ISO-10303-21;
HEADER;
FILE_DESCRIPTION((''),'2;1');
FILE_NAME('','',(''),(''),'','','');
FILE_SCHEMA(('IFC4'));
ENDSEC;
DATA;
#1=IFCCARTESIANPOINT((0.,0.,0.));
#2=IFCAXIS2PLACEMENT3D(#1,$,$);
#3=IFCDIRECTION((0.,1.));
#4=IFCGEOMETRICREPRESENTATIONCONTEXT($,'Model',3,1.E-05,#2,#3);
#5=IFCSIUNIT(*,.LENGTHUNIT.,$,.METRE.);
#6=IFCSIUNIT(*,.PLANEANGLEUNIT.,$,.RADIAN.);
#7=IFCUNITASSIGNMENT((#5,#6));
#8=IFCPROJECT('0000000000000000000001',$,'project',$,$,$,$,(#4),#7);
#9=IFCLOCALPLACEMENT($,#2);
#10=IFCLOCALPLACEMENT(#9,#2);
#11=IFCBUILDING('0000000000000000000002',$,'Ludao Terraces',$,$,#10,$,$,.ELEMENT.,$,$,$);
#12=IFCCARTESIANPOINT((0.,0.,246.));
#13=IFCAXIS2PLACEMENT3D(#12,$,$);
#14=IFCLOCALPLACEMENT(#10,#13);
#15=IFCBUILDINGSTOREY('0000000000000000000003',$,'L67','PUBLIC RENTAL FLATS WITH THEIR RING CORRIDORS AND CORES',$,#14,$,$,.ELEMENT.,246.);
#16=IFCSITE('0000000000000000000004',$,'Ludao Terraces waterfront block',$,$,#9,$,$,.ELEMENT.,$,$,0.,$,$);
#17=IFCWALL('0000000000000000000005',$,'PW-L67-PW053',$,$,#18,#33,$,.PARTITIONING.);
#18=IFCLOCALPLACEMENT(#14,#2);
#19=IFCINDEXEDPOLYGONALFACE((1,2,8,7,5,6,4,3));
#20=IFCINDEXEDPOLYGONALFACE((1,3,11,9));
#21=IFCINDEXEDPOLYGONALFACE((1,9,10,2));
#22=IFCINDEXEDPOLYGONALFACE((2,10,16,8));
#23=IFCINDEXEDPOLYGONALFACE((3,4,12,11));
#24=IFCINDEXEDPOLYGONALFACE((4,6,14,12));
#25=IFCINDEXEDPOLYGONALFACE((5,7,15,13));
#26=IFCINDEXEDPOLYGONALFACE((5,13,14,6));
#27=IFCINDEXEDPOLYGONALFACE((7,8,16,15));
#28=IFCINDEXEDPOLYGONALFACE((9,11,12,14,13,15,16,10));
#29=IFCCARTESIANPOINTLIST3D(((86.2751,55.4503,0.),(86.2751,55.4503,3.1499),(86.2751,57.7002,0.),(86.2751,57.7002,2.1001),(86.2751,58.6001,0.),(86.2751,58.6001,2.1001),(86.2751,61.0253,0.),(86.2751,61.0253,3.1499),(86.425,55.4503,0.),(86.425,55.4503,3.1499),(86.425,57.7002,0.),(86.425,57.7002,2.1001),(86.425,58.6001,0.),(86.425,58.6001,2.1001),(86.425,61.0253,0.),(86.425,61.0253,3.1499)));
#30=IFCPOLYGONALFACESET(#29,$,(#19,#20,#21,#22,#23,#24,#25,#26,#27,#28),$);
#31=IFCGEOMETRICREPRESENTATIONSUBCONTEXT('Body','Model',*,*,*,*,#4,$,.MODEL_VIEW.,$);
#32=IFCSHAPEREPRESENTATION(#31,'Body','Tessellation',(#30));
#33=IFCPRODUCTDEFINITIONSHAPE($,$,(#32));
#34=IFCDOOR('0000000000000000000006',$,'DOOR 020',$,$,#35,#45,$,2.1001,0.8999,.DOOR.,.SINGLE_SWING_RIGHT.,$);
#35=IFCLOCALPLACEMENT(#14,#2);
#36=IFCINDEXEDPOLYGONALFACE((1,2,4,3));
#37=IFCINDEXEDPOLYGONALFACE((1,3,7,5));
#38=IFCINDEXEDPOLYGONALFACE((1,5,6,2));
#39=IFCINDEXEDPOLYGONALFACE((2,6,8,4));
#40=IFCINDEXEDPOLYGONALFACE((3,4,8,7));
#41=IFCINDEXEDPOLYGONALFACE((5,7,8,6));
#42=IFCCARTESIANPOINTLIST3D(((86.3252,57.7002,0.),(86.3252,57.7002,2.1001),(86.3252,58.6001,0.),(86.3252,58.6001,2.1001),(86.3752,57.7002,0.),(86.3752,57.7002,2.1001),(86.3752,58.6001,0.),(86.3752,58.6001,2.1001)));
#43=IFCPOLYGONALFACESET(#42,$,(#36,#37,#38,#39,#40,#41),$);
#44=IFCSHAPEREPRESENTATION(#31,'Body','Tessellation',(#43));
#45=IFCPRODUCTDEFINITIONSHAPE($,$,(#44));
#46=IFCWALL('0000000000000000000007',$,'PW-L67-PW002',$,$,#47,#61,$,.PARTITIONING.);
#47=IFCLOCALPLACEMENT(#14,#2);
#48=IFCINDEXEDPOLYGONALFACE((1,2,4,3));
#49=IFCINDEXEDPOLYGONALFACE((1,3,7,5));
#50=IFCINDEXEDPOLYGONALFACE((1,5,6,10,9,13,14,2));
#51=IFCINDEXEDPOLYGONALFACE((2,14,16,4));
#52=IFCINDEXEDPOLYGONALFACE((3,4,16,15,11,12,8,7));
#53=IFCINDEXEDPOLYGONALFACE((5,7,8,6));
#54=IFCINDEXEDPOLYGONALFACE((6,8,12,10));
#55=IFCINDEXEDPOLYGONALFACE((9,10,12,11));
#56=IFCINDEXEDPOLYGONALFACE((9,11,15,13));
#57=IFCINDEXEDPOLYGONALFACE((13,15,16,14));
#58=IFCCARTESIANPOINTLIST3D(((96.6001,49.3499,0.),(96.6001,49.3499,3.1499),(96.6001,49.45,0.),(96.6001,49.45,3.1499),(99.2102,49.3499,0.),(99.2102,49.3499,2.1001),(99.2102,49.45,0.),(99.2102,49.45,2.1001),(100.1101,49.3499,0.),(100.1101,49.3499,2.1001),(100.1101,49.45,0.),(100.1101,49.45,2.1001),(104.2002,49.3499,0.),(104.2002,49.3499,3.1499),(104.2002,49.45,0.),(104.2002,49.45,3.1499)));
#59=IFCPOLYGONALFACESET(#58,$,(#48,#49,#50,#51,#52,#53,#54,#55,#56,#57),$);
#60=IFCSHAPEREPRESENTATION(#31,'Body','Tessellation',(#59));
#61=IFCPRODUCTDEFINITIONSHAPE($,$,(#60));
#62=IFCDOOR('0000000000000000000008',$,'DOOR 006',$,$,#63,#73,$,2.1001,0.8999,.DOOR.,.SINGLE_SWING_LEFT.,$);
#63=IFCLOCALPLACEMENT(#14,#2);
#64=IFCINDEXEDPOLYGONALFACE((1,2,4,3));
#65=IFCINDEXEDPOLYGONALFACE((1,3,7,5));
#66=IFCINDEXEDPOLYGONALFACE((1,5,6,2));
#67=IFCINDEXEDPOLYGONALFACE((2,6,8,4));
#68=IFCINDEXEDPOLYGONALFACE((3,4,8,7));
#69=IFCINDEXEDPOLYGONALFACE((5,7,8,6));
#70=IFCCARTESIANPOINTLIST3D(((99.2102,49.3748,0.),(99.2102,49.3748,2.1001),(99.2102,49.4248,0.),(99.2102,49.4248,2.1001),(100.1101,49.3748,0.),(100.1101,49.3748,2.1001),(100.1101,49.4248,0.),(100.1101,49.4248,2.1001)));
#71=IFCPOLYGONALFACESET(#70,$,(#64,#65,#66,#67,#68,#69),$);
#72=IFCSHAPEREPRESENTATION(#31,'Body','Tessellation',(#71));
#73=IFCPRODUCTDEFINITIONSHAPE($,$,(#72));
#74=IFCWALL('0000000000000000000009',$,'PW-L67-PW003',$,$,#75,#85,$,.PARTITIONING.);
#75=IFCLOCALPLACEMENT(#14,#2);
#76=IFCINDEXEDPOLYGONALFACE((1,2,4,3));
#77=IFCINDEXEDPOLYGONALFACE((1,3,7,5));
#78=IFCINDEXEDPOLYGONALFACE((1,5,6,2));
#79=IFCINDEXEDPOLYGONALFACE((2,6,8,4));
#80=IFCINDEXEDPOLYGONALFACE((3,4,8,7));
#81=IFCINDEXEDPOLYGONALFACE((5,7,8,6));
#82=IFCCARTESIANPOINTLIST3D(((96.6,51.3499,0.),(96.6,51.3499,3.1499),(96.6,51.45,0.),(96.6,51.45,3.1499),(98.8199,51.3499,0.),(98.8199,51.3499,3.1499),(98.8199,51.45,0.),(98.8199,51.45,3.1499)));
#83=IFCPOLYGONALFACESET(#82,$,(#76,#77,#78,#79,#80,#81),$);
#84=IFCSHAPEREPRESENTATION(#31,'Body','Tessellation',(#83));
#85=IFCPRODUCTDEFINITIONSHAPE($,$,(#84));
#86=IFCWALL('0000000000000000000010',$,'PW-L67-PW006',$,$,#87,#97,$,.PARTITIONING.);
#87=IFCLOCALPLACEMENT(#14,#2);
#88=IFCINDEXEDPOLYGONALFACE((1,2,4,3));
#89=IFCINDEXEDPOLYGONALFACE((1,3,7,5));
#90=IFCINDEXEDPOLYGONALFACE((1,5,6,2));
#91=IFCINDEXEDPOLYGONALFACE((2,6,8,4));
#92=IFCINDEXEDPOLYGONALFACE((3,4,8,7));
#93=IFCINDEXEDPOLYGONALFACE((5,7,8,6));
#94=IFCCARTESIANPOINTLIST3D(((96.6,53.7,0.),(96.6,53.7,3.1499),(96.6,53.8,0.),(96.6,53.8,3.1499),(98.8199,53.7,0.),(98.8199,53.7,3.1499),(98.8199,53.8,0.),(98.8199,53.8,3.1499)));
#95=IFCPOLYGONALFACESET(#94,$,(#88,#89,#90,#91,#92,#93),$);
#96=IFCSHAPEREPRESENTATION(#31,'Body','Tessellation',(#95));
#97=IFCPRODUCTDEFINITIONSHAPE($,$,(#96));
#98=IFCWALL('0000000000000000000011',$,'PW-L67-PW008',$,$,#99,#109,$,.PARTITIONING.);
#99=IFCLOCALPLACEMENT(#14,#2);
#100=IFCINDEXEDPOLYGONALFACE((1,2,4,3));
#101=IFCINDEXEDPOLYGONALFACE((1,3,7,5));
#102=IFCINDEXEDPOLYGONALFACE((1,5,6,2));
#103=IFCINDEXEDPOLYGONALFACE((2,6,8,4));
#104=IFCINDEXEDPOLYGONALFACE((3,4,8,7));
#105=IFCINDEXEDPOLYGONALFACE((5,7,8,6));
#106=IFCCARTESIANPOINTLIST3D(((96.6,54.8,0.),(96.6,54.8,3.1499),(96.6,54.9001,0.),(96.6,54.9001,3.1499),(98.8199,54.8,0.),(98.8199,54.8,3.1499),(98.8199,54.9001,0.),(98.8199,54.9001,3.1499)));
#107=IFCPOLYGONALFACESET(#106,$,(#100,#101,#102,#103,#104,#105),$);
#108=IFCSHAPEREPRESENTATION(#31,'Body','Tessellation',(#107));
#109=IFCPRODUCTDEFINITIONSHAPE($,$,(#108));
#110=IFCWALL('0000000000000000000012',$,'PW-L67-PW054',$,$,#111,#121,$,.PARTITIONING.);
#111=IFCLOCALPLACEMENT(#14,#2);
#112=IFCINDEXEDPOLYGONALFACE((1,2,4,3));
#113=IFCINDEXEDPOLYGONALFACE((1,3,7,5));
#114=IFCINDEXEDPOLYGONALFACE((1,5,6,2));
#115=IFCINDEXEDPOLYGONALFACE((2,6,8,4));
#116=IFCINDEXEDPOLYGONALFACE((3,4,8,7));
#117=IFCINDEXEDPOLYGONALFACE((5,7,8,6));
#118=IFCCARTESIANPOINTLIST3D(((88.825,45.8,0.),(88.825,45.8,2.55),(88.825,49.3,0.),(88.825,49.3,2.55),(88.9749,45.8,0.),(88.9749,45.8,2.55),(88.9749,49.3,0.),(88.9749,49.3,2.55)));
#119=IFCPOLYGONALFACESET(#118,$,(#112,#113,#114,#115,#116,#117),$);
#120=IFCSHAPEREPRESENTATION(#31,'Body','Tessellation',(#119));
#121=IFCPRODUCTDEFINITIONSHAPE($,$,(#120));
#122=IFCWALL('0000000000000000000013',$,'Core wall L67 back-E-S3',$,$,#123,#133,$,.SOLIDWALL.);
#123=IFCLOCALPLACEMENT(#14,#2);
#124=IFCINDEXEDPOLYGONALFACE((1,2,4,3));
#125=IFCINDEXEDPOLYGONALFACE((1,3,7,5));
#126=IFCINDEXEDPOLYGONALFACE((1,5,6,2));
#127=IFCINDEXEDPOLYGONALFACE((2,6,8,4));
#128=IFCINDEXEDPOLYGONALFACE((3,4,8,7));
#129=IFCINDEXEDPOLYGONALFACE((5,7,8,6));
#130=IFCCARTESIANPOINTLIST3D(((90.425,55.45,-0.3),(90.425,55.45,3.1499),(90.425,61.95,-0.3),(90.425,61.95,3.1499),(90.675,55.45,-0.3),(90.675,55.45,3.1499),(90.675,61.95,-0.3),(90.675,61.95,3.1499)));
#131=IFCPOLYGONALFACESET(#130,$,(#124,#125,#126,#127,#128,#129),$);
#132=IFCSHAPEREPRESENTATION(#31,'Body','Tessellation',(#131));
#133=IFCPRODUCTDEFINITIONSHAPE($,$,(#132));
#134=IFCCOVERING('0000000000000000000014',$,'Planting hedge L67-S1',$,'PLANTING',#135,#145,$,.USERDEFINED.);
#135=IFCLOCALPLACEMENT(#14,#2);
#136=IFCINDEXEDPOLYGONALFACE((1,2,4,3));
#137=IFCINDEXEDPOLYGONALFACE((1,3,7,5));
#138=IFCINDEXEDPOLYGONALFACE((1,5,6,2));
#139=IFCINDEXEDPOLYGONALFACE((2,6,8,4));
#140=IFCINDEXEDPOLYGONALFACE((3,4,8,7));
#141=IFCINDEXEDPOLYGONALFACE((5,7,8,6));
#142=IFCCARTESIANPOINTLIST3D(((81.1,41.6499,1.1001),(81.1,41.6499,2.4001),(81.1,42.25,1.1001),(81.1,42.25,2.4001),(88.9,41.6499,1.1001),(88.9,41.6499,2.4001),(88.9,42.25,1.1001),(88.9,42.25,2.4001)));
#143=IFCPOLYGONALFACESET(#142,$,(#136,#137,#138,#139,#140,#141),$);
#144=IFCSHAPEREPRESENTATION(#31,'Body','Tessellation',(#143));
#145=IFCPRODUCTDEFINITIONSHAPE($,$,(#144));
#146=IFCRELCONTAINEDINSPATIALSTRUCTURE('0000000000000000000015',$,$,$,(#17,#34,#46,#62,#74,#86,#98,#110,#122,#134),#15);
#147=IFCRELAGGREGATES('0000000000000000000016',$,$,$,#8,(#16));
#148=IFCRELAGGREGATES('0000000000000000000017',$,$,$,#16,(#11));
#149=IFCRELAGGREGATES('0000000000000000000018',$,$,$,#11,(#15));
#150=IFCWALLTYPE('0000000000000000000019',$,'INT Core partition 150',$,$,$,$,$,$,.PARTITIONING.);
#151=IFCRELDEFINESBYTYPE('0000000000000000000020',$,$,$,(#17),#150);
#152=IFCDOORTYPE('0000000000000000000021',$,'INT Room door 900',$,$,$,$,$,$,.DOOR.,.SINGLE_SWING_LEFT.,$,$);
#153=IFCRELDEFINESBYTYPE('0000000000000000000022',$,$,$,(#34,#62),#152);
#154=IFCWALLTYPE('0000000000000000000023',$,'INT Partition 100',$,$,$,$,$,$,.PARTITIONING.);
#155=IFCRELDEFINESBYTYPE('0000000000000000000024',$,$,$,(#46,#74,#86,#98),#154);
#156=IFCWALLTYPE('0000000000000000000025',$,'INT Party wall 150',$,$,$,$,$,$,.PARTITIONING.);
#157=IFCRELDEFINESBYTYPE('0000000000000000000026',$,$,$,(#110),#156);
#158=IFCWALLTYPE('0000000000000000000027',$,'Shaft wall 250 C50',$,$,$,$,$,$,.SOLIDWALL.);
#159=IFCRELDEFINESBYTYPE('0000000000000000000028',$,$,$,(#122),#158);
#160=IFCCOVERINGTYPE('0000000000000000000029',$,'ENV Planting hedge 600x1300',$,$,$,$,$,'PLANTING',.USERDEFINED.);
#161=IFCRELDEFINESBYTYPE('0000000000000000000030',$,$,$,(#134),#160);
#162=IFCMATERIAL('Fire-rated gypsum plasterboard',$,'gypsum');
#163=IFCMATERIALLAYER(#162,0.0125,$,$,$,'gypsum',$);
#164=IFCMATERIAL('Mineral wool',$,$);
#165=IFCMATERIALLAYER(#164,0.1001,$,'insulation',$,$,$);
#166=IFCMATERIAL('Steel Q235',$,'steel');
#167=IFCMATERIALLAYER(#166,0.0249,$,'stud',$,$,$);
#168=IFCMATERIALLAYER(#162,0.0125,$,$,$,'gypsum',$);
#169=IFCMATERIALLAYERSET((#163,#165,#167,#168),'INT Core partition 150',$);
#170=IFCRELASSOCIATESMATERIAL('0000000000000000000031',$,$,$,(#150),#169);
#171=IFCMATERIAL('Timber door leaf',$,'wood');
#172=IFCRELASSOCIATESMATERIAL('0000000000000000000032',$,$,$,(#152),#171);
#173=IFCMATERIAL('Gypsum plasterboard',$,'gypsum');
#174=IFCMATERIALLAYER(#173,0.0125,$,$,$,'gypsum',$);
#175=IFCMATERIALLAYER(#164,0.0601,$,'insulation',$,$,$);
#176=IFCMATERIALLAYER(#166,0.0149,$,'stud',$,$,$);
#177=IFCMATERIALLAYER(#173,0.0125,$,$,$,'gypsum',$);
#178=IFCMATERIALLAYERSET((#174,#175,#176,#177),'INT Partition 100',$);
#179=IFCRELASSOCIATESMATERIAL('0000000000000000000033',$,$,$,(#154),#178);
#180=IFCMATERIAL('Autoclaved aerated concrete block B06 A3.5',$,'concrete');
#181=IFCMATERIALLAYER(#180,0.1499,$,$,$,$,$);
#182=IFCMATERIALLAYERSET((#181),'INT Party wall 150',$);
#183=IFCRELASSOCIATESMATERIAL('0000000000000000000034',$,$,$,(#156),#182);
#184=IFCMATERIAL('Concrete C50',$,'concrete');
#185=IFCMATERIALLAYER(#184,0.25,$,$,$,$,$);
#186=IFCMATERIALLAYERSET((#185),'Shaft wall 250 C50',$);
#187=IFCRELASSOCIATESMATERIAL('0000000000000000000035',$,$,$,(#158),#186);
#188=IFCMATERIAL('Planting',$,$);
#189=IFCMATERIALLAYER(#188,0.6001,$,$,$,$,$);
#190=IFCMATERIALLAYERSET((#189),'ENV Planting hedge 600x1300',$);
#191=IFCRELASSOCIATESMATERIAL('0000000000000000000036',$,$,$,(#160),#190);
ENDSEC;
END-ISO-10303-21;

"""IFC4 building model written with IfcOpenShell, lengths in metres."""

from ifc_helpers import new_model, si_unit, direction, frame, frame_2d, origin, origin_2d, place, context, subcontext, project, spatial, rectangle, extrude, material, layer, layer_set, type_object, element, fill, save


model = new_model("IFC4")

# Units and contexts
model_context = context("Model", 3, precision=1e-05, world=origin(), true_north=direction((0.0, 1.0)))
body_context = subcontext(model_context, "Body", "Model", "MODEL_VIEW")
ifc_project = project(units=[si_unit("LENGTHUNIT", "METRE"), si_unit("PLANEANGLEUNIT", "RADIAN")], contexts=[model_context])

# Site, building, storey
site_placement = place(None, origin())
site = spatial("IfcSite", under=ifc_project, at=site_placement, Name="Ludao Terraces waterfront block", CompositionType="ELEMENT", RefElevation=0.0)
building_placement = place(site_placement, origin())
building = spatial("IfcBuilding", under=site, at=building_placement, Name="Ludao Terraces", CompositionType="ELEMENT")
storey_placement = place(building_placement, frame((0.0, 0.0, 246.0)))
storey = spatial("IfcBuildingStorey", under=building, at=storey_placement, Name="L67", Description="PUBLIC RENTAL FLATS WITH THEIR RING CORRIDORS AND CORES", CompositionType="ELEMENT", Elevation=246.0)

# Shared definitions
ifc_material_1 = material(Name="Concrete C50", Category="concrete")
ifc_material_2 = material(Name="Steel Q235", Category="steel")

# Shared definitions
ifc_material_3 = material(Name="Mineral wool")

# Walls, openings, doors
ifc_material_4 = material(Name="Fire-rated gypsum plasterboard", Category="gypsum")
ifc_layer_1 = layer(ifc_material_4, 0.0125, Category="gypsum")
ifc_layer_2 = layer(ifc_material_3, 0.1001, Name="insulation")
ifc_layer_3 = layer(ifc_material_2, 0.0249, Name="stud")
ifc_layer_4 = layer(ifc_material_4, 0.0125, Category="gypsum")
ifc_layer_set_1 = layer_set([ifc_layer_1, ifc_layer_2, ifc_layer_3, ifc_layer_4], Name="INT Core partition 150")
wall_type_1 = type_object("IfcWallType", Name="INT Core partition 150", PredefinedType="PARTITIONING", material=ifc_layer_set_1)
wall_1_placement = place(storey_placement, frame((86.3501, 55.4502, 0.0), z_axis=(0.0, 0.0, 1.0), x_axis=(0.0, 1.0, 0.0)))
wall_1 = element("IfcWall", 1, at=wall_1_placement, inside=storey, type_object=wall_type_1, Name="PW-L67-PW053", PredefinedType="PARTITIONING", context=body_context, shape_type="SweptSolid", body=[
    extrude(rectangle(XDim=5.575, YDim=0.1499, at=frame_2d((2.7876, 0.0))), origin(), (0.0, 0.0, 1.0), 3.1499),
])
opening_1_placement = place(wall_1_placement, frame((2.25, 0.0, 0.0)))
opening_1 = element("IfcOpeningElement", 2, at=opening_1_placement, cuts=wall_1, PredefinedType="OPENING", context=body_context, shape_type="SweptSolid", body=[
    extrude(rectangle(XDim=0.8999, YDim=2.1001, at=frame_2d((0.45, 1.05))), frame((0.0, 0.085, 0.0), z_axis=(0.0, -1.0, 0.0), x_axis=(1.0, 0.0, 0.0)), (0.0, 0.0, 1.0), 0.1699),
])
ifc_material_5 = material(Name="Timber door leaf", Category="wood")
door_type_1 = type_object("IfcDoorType", Name="INT Room door 900", OperationType="SINGLE_SWING_LEFT", PredefinedType="DOOR", material=ifc_material_5)
door_1_placement = place(opening_1_placement, origin())
door_1 = element("IfcDoor", 3, at=door_1_placement, inside=storey, type_object=door_type_1, Name="DOOR 020", OperationType="SINGLE_SWING_RIGHT", OverallHeight=2.1001, OverallWidth=0.8999, PredefinedType="DOOR", context=body_context, shape_type="SweptSolid", body=[
    extrude(rectangle(XDim=0.8999, YDim=2.1001, at=frame_2d((0.45, 1.05))), frame((0.0, 0.0249, 0.0), z_axis=(0.0, -1.0, 0.0), x_axis=(1.0, 0.0, 0.0)), (0.0, 0.0, 1.0), 0.05),
])
fill(opening_1, door_1)
ifc_material_6 = material(Name="Gypsum plasterboard", Category="gypsum")
ifc_layer_5 = layer(ifc_material_6, 0.0125, Category="gypsum")
ifc_layer_6 = layer(ifc_material_3, 0.0601, Name="insulation")
ifc_layer_7 = layer(ifc_material_2, 0.0149, Name="stud")
ifc_layer_8 = layer(ifc_material_6, 0.0125, Category="gypsum")
ifc_layer_set_2 = layer_set([ifc_layer_5, ifc_layer_6, ifc_layer_7, ifc_layer_8], Name="INT Partition 100")
wall_type_2 = type_object("IfcWallType", Name="INT Partition 100", PredefinedType="PARTITIONING", material=ifc_layer_set_2)
wall_2_placement = place(storey_placement, frame((96.6001, 49.3999, 0.0), z_axis=(0.0, 0.0, 1.0), x_axis=(1.0, 0.0, 0.0)))
wall_2 = element("IfcWall", 4, at=wall_2_placement, inside=storey, type_object=wall_type_2, Name="PW-L67-PW002", PredefinedType="PARTITIONING", context=body_context, shape_type="SweptSolid", body=[
    extrude(rectangle(XDim=7.6001, YDim=0.1001, at=frame_2d((3.8, 0.0))), origin(), (0.0, 0.0, 1.0), 3.1499),
])
opening_2_placement = place(wall_2_placement, frame((2.6101, 0.0, 0.0)))
opening_2 = element("IfcOpeningElement", 5, at=opening_2_placement, cuts=wall_2, PredefinedType="OPENING", context=body_context, shape_type="SweptSolid", body=[
    extrude(rectangle(XDim=0.8999, YDim=2.1001, at=frame_2d((0.45, 1.05))), frame((0.0, 0.0601, 0.0), z_axis=(0.0, -1.0, 0.0), x_axis=(1.0, 0.0, 0.0)), (0.0, 0.0, 1.0), 0.1201),
])
door_2_placement = place(opening_2_placement, origin())
door_2 = element("IfcDoor", 6, at=door_2_placement, inside=storey, type_object=door_type_1, Name="DOOR 006", OperationType="SINGLE_SWING_LEFT", OverallHeight=2.1001, OverallWidth=0.8999, PredefinedType="DOOR", context=body_context, shape_type="SweptSolid", body=[
    extrude(rectangle(XDim=0.8999, YDim=2.1001, at=frame_2d((0.45, 1.05))), frame((0.0, 0.0249, 0.0), z_axis=(0.0, -1.0, 0.0), x_axis=(1.0, 0.0, 0.0)), (0.0, 0.0, 1.0), 0.05),
])
fill(opening_2, door_2)

# Walls
for number, where, z_axis, x_axis, name in (
    (7, (96.6001, 51.3999, 0.0), (0.0, 0.0, 1.0), (1.0, 0.0, 0.0), "PW-L67-PW003"),
    (8, (96.6001, 53.75, 0.0), (0.0, 0.0, 1.0), (1.0, 0.0, 0.0), "PW-L67-PW006"),
    (9, (96.6001, 54.8501, 0.0), (0.0, 0.0, 1.0), (1.0, 0.0, 0.0), "PW-L67-PW008"),
):
    element("IfcWall", number, at=place(storey_placement, frame(where, z_axis=z_axis, x_axis=x_axis)), inside=storey, type_object=wall_type_2, Name=name, PredefinedType="PARTITIONING", context=body_context, shape_type="SweptSolid", body=[
        extrude(rectangle(XDim=2.22, YDim=0.1001, at=frame_2d((1.1099, 0.0))), origin(), (0.0, 0.0, 1.0), 3.1499),
    ])
ifc_material_7 = material(Name="Autoclaved aerated concrete block B06 A3.5", Category="concrete")
ifc_layer_9 = layer(ifc_material_7, 0.1499)
ifc_layer_set_3 = layer_set([ifc_layer_9], Name="INT Party wall 150")
wall_type_3 = type_object("IfcWallType", Name="INT Party wall 150", PredefinedType="PARTITIONING", material=ifc_layer_set_3)
wall_3_placement = place(storey_placement, frame((88.8999, 45.8, 0.0), z_axis=(0.0, 0.0, 1.0), x_axis=(0.0, 1.0, 0.0)))
element("IfcWall", 10, at=wall_3_placement, inside=storey, type_object=wall_type_3, Name="PW-L67-PW054", PredefinedType="PARTITIONING", context=body_context, shape_type="SweptSolid", body=[
    extrude(rectangle(XDim=3.5, YDim=0.1499, at=frame_2d((1.75, 0.0))), origin(), (0.0, 0.0, 1.0), 2.55),
])
ifc_layer_10 = layer(ifc_material_1, 0.25)
ifc_layer_set_4 = layer_set([ifc_layer_10], Name="Shaft wall 250 C50")
wall_type_4 = type_object("IfcWallType", Name="Shaft wall 250 C50", PredefinedType="SOLIDWALL", material=ifc_layer_set_4)
wall_4_placement = place(storey_placement, frame((90.55, 55.45, -0.3), z_axis=(0.0, 0.0, 1.0), x_axis=(0.0, 1.0, 0.0)))
element("IfcWall", 11, at=wall_4_placement, inside=storey, type_object=wall_type_4, Name="Core wall L67 back-E-S3", PredefinedType="SOLIDWALL", context=body_context, shape_type="SweptSolid", body=[
    extrude(rectangle(XDim=6.5, YDim=0.25, at=frame_2d((3.25, 0.0))), origin(), (0.0, 0.0, 1.0), 3.45),
])

# Covering
ifc_material_8 = material(Name="Planting")
ifc_layer_11 = layer(ifc_material_8, 0.6001)
ifc_layer_set_5 = layer_set([ifc_layer_11], Name="ENV Planting hedge 600x1300")
covering_type = type_object("IfcCoveringType", Name="ENV Planting hedge 600x1300", ElementType="PLANTING", PredefinedType="USERDEFINED", material=ifc_layer_set_5)
covering_placement = place(storey_placement, frame((85.0, 41.95, 1.1001), z_axis=(0.0, 0.0, 1.0), x_axis=(1.0, 0.0, 0.0)))
element("IfcCovering", 12, at=covering_placement, inside=storey, type_object=covering_type, Name="Planting hedge L67-S1", ObjectType="PLANTING", PredefinedType="USERDEFINED", context=body_context, shape_type="SweptSolid", body=[
    extrude(rectangle(XDim=7.8, YDim=0.6001, at=origin_2d()), origin(), (0.0, 0.0, 1.0), 1.3),
])

save(model, "model.ifc")
